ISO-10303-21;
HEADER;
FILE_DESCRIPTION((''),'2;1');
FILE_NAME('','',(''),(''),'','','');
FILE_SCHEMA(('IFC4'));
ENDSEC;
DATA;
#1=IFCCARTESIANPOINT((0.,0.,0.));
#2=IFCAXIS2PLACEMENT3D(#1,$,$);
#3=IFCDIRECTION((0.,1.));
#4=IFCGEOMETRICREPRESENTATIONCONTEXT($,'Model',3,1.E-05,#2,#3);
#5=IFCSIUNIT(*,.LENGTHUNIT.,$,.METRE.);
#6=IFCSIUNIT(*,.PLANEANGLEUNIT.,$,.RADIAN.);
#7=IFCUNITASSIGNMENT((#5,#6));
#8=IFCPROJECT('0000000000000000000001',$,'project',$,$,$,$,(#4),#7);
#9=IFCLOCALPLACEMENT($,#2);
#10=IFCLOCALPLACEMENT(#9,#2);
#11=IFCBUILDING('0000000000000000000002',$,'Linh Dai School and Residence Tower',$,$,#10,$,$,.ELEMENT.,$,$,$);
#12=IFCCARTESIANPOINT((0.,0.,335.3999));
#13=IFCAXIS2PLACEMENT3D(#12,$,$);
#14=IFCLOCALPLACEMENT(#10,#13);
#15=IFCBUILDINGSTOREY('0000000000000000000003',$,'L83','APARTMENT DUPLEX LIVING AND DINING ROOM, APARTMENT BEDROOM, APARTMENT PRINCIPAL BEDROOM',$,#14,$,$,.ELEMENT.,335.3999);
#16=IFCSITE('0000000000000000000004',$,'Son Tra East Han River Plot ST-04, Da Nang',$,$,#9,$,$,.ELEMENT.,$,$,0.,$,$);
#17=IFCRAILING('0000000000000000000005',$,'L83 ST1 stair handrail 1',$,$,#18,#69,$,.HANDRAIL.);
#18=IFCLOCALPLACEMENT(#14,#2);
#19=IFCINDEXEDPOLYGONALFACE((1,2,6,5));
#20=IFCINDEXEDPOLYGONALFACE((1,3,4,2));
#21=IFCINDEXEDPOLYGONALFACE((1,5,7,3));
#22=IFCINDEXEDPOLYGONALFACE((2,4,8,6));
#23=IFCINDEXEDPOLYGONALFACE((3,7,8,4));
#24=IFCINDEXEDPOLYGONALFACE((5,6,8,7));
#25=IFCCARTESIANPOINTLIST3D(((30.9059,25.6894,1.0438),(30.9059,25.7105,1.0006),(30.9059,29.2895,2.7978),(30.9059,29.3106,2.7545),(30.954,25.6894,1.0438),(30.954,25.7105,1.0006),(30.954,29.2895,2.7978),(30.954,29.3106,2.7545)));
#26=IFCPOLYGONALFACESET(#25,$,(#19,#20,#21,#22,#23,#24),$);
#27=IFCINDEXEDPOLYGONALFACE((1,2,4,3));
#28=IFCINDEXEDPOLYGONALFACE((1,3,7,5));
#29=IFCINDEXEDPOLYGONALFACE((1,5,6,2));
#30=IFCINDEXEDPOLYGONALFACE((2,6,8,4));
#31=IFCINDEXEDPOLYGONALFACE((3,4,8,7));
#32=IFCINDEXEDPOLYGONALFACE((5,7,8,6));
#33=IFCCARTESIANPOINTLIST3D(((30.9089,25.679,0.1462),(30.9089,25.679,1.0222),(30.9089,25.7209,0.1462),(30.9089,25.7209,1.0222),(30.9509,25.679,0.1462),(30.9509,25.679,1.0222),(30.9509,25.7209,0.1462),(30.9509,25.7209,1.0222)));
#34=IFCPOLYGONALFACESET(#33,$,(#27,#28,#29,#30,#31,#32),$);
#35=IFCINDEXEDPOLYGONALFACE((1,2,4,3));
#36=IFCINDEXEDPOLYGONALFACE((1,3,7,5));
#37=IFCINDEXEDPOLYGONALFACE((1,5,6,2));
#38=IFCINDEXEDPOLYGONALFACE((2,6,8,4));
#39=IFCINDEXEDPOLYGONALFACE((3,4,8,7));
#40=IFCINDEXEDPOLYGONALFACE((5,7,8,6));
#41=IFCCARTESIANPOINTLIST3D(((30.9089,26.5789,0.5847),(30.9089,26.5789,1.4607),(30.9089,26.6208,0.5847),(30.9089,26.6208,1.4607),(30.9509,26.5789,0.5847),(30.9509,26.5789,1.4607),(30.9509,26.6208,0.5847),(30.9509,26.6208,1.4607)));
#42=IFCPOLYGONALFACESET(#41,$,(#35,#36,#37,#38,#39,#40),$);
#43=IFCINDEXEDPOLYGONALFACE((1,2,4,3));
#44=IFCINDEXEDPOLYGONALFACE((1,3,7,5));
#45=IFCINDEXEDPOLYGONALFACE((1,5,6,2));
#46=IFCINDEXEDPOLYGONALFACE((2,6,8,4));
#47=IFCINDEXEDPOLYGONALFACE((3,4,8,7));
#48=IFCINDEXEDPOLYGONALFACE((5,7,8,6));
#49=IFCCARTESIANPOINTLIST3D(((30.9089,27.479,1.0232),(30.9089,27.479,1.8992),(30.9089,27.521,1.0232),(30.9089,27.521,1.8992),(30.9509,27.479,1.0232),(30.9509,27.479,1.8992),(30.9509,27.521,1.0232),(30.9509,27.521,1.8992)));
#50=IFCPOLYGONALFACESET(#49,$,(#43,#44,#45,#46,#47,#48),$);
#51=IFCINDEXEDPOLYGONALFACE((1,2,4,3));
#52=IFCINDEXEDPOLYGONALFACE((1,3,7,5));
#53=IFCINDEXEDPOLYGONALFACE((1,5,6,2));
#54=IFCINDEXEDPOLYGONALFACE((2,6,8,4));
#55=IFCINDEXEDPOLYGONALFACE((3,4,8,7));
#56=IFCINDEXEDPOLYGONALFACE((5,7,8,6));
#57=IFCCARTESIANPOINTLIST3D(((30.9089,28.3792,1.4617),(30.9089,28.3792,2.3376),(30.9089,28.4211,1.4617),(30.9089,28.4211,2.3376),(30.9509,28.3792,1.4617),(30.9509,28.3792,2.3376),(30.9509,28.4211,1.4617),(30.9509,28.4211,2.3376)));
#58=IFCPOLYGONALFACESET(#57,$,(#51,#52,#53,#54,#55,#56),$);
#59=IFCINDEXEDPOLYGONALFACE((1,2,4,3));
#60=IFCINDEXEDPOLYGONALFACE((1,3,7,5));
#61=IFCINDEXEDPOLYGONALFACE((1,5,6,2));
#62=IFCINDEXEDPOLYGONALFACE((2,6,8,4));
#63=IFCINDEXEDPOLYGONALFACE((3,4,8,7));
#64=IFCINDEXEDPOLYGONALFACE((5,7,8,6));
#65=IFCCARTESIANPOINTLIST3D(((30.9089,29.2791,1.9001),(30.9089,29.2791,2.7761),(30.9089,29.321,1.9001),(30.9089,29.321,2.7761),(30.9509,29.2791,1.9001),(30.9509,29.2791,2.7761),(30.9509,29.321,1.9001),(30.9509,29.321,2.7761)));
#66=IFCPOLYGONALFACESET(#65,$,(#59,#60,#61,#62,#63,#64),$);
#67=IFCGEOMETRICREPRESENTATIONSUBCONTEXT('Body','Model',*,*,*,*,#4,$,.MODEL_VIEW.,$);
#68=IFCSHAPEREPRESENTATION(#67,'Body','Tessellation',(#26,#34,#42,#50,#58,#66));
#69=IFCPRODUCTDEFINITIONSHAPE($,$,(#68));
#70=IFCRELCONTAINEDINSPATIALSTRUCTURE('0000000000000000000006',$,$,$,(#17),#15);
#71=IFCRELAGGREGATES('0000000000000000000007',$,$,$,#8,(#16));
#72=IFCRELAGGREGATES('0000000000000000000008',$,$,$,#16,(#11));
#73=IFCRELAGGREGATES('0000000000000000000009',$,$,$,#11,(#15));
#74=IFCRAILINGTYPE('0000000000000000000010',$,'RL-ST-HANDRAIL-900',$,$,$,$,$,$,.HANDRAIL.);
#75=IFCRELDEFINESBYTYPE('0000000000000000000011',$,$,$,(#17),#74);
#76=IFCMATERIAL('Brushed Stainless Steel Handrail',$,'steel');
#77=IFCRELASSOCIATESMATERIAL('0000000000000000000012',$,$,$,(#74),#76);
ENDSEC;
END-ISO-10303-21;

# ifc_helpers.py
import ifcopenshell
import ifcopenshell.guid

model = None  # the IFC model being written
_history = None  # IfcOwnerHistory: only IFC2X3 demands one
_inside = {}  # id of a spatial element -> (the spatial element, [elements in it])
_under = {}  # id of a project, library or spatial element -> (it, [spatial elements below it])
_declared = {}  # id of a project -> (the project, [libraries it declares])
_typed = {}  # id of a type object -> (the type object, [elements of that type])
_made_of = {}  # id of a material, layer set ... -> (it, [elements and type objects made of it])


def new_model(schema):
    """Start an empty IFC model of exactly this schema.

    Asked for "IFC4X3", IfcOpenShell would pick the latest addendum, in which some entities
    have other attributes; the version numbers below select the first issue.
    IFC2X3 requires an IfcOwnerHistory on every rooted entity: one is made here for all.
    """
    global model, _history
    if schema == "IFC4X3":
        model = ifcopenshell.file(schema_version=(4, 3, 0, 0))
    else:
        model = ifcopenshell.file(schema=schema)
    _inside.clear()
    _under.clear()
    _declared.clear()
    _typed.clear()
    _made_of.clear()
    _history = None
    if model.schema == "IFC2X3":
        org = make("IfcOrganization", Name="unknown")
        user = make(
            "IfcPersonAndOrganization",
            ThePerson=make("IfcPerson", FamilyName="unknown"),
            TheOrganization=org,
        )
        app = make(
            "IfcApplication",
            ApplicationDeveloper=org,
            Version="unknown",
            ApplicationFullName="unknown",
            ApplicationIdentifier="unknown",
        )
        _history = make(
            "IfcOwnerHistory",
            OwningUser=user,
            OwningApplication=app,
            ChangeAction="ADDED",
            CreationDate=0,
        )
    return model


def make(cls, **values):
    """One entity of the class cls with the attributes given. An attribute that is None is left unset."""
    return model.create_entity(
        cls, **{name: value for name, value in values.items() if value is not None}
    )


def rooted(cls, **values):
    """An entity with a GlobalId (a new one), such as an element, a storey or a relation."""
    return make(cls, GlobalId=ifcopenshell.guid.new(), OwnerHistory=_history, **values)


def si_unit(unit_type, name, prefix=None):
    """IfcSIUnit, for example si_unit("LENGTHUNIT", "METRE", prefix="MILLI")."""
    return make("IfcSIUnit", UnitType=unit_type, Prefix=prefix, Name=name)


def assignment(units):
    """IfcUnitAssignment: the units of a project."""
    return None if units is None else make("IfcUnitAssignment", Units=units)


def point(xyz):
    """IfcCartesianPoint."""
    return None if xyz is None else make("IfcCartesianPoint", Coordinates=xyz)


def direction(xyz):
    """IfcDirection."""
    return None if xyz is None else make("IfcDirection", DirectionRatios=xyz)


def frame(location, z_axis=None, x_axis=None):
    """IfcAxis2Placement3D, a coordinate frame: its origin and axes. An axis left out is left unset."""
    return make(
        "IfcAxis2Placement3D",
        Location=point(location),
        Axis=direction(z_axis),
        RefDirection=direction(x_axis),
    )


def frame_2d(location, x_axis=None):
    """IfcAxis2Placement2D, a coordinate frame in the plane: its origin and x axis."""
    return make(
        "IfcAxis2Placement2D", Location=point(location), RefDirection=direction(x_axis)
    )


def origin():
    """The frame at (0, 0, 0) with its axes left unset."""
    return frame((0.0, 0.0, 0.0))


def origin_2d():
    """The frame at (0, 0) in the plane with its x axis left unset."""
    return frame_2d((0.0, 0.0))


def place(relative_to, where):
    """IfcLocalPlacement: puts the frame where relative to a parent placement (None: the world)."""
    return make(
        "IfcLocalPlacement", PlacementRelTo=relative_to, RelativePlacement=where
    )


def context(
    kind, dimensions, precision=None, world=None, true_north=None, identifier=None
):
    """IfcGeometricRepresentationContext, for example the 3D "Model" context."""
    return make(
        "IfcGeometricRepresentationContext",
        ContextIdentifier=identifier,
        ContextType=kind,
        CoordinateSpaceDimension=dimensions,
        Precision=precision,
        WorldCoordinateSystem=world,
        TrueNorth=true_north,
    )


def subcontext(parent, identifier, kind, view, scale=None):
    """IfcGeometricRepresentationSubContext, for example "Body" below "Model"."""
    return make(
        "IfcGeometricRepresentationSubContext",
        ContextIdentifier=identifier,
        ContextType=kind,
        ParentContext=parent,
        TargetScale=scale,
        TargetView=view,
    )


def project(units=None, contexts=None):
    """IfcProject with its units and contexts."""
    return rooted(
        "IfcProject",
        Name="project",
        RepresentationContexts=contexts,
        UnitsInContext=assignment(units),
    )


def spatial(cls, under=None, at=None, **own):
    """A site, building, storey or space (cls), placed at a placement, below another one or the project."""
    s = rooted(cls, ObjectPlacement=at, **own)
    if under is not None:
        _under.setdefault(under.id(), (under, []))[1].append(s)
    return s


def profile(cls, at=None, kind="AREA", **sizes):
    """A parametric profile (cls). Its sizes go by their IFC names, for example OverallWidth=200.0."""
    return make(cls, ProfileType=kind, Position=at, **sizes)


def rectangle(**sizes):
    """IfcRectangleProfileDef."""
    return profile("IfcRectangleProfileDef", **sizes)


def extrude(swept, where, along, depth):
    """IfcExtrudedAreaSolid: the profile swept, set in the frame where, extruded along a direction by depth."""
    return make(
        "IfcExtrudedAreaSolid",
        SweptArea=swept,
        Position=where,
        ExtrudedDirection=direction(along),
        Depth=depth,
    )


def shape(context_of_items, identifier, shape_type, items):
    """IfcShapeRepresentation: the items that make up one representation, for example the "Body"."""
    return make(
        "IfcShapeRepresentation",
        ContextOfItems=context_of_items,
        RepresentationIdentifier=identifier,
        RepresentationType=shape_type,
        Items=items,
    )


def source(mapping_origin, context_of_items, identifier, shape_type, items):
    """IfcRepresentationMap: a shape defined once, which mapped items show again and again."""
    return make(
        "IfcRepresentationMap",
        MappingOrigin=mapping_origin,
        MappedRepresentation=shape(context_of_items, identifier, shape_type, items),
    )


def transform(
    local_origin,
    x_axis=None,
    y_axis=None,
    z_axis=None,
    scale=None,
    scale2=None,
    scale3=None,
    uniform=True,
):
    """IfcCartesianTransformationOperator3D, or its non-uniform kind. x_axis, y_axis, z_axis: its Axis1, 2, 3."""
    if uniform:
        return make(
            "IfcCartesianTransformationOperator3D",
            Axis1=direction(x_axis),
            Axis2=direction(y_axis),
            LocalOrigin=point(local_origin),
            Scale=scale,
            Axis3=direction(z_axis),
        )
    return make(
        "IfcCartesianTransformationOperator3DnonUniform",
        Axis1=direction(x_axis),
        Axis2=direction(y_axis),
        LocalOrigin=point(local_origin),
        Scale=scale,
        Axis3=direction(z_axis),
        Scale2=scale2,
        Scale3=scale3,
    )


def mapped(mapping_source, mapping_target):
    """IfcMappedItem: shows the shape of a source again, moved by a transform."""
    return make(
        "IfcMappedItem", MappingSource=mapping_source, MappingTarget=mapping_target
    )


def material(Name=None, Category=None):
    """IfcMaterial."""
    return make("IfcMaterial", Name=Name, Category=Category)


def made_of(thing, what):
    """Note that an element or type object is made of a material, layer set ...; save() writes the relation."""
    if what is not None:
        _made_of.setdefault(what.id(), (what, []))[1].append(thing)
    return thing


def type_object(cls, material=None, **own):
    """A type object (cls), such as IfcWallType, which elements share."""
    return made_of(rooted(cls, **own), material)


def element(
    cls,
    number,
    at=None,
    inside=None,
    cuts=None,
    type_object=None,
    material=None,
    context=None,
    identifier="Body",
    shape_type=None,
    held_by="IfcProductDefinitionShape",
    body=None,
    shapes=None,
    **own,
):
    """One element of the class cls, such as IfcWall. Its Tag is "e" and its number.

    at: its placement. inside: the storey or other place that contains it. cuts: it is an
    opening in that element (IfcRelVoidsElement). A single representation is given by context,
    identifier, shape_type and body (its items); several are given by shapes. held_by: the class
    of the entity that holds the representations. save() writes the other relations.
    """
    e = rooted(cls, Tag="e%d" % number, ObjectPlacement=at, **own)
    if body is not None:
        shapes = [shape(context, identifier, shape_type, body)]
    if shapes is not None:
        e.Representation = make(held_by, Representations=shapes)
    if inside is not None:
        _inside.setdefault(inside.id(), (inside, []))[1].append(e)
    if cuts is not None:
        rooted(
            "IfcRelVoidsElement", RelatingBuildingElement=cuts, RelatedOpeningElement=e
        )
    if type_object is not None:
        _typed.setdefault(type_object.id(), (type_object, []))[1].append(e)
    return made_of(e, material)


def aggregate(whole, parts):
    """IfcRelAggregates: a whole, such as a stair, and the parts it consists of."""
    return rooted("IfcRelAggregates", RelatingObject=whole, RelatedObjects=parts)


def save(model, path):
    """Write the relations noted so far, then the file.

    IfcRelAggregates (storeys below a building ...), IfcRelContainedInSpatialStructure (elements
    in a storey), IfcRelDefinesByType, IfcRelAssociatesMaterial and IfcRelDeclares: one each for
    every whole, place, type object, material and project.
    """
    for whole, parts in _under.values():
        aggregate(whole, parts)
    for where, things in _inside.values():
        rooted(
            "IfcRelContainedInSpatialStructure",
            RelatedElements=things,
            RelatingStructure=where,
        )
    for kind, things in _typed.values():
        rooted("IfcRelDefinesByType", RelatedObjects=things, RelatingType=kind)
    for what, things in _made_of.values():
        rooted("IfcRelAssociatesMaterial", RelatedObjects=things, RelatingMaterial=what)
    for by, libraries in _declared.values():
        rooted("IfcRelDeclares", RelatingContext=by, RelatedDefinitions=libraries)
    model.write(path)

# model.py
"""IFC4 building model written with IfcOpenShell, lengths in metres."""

from ifc_helpers import new_model, si_unit, direction, frame, origin, origin_2d, place, context, subcontext, project, spatial, rectangle, extrude, source, transform, mapped, material, type_object, element, save


model = new_model("IFC4")

# Units and contexts
model_context = context("Model", 3, precision=1e-05, world=origin(), true_north=direction((0.0, 1.0)))
body_context = subcontext(model_context, "Body", "Model", "MODEL_VIEW")
ifc_project = project(units=[si_unit("LENGTHUNIT", "METRE"), si_unit("PLANEANGLEUNIT", "RADIAN")], contexts=[model_context])

# Site, building, storey
site_placement = place(None, origin())
site = spatial("IfcSite", under=ifc_project, at=site_placement, Name="Son Tra East Han River Plot ST-04, Da Nang", CompositionType="ELEMENT", RefElevation=0.0)
building_placement = place(site_placement, origin())
building = spatial("IfcBuilding", under=site, at=building_placement, Name="Linh Dai School and Residence Tower", CompositionType="ELEMENT")
storey_placement = place(building_placement, frame((0.0, 0.0, 335.3999)))
storey = spatial("IfcBuildingStorey", under=building, at=storey_placement, Name="L83", Description="APARTMENT DUPLEX LIVING AND DINING ROOM, APARTMENT BEDROOM, APARTMENT PRINCIPAL BEDROOM", CompositionType="ELEMENT", Elevation=335.3999)

# Railing
ifc_material_1 = material(Name="Brushed Stainless Steel Handrail", Category="steel")
railing_type_1 = type_object("IfcRailingType", Name="RL-ST-HANDRAIL-900", PredefinedType="HANDRAIL", material=ifc_material_1)
shared_shape_1 = source(origin(), body_context, "Body", "SweptSolid", [
    extrude(rectangle(XDim=0.0481, YDim=0.0481, at=origin_2d()), frame((0.0, 0.0, 0.876), z_axis=(0.0, 0.898989, 0.437972), x_axis=(-1.0, 0.0, 0.0)), (0.0, 0.0, 1.0), 4.0046),
    extrude(rectangle(XDim=0.042, YDim=0.042, at=origin_2d()), origin(), (0.0, 0.0, 1.0), 0.876),
    extrude(rectangle(XDim=0.042, YDim=0.042, at=origin_2d()), frame((0.0, 0.8999, 0.4385)), (0.0, 0.0, 1.0), 0.876),
    extrude(rectangle(XDim=0.042, YDim=0.042, at=origin_2d()), frame((0.0, 1.8, 0.877)), (0.0, 0.0, 1.0), 0.876),
    extrude(rectangle(XDim=0.042, YDim=0.042, at=origin_2d()), frame((0.0, 2.7002, 1.3154)), (0.0, 0.0, 1.0), 0.876),
    extrude(rectangle(XDim=0.042, YDim=0.042, at=origin_2d()), frame((0.0, 3.6001, 1.7539)), (0.0, 0.0, 1.0), 0.876),
])
railing_1_placement = place(storey_placement, frame((30.9299, 25.7, 0.1462)))
element("IfcRailing", 1, at=railing_1_placement, inside=storey, type_object=railing_type_1, Name="L83 ST1 stair handrail 1", PredefinedType="HANDRAIL", context=body_context, shape_type="MappedRepresentation", body=[
    mapped(shared_shape_1, transform((0.0, 0.0, 0.0), x_axis=(1.0, 0.0, 0.0), y_axis=(0.0, 1.0, 0.0), z_axis=(0.0, 0.0, 1.0), scale=1.0)),
])

save(model, "model.ifc")
